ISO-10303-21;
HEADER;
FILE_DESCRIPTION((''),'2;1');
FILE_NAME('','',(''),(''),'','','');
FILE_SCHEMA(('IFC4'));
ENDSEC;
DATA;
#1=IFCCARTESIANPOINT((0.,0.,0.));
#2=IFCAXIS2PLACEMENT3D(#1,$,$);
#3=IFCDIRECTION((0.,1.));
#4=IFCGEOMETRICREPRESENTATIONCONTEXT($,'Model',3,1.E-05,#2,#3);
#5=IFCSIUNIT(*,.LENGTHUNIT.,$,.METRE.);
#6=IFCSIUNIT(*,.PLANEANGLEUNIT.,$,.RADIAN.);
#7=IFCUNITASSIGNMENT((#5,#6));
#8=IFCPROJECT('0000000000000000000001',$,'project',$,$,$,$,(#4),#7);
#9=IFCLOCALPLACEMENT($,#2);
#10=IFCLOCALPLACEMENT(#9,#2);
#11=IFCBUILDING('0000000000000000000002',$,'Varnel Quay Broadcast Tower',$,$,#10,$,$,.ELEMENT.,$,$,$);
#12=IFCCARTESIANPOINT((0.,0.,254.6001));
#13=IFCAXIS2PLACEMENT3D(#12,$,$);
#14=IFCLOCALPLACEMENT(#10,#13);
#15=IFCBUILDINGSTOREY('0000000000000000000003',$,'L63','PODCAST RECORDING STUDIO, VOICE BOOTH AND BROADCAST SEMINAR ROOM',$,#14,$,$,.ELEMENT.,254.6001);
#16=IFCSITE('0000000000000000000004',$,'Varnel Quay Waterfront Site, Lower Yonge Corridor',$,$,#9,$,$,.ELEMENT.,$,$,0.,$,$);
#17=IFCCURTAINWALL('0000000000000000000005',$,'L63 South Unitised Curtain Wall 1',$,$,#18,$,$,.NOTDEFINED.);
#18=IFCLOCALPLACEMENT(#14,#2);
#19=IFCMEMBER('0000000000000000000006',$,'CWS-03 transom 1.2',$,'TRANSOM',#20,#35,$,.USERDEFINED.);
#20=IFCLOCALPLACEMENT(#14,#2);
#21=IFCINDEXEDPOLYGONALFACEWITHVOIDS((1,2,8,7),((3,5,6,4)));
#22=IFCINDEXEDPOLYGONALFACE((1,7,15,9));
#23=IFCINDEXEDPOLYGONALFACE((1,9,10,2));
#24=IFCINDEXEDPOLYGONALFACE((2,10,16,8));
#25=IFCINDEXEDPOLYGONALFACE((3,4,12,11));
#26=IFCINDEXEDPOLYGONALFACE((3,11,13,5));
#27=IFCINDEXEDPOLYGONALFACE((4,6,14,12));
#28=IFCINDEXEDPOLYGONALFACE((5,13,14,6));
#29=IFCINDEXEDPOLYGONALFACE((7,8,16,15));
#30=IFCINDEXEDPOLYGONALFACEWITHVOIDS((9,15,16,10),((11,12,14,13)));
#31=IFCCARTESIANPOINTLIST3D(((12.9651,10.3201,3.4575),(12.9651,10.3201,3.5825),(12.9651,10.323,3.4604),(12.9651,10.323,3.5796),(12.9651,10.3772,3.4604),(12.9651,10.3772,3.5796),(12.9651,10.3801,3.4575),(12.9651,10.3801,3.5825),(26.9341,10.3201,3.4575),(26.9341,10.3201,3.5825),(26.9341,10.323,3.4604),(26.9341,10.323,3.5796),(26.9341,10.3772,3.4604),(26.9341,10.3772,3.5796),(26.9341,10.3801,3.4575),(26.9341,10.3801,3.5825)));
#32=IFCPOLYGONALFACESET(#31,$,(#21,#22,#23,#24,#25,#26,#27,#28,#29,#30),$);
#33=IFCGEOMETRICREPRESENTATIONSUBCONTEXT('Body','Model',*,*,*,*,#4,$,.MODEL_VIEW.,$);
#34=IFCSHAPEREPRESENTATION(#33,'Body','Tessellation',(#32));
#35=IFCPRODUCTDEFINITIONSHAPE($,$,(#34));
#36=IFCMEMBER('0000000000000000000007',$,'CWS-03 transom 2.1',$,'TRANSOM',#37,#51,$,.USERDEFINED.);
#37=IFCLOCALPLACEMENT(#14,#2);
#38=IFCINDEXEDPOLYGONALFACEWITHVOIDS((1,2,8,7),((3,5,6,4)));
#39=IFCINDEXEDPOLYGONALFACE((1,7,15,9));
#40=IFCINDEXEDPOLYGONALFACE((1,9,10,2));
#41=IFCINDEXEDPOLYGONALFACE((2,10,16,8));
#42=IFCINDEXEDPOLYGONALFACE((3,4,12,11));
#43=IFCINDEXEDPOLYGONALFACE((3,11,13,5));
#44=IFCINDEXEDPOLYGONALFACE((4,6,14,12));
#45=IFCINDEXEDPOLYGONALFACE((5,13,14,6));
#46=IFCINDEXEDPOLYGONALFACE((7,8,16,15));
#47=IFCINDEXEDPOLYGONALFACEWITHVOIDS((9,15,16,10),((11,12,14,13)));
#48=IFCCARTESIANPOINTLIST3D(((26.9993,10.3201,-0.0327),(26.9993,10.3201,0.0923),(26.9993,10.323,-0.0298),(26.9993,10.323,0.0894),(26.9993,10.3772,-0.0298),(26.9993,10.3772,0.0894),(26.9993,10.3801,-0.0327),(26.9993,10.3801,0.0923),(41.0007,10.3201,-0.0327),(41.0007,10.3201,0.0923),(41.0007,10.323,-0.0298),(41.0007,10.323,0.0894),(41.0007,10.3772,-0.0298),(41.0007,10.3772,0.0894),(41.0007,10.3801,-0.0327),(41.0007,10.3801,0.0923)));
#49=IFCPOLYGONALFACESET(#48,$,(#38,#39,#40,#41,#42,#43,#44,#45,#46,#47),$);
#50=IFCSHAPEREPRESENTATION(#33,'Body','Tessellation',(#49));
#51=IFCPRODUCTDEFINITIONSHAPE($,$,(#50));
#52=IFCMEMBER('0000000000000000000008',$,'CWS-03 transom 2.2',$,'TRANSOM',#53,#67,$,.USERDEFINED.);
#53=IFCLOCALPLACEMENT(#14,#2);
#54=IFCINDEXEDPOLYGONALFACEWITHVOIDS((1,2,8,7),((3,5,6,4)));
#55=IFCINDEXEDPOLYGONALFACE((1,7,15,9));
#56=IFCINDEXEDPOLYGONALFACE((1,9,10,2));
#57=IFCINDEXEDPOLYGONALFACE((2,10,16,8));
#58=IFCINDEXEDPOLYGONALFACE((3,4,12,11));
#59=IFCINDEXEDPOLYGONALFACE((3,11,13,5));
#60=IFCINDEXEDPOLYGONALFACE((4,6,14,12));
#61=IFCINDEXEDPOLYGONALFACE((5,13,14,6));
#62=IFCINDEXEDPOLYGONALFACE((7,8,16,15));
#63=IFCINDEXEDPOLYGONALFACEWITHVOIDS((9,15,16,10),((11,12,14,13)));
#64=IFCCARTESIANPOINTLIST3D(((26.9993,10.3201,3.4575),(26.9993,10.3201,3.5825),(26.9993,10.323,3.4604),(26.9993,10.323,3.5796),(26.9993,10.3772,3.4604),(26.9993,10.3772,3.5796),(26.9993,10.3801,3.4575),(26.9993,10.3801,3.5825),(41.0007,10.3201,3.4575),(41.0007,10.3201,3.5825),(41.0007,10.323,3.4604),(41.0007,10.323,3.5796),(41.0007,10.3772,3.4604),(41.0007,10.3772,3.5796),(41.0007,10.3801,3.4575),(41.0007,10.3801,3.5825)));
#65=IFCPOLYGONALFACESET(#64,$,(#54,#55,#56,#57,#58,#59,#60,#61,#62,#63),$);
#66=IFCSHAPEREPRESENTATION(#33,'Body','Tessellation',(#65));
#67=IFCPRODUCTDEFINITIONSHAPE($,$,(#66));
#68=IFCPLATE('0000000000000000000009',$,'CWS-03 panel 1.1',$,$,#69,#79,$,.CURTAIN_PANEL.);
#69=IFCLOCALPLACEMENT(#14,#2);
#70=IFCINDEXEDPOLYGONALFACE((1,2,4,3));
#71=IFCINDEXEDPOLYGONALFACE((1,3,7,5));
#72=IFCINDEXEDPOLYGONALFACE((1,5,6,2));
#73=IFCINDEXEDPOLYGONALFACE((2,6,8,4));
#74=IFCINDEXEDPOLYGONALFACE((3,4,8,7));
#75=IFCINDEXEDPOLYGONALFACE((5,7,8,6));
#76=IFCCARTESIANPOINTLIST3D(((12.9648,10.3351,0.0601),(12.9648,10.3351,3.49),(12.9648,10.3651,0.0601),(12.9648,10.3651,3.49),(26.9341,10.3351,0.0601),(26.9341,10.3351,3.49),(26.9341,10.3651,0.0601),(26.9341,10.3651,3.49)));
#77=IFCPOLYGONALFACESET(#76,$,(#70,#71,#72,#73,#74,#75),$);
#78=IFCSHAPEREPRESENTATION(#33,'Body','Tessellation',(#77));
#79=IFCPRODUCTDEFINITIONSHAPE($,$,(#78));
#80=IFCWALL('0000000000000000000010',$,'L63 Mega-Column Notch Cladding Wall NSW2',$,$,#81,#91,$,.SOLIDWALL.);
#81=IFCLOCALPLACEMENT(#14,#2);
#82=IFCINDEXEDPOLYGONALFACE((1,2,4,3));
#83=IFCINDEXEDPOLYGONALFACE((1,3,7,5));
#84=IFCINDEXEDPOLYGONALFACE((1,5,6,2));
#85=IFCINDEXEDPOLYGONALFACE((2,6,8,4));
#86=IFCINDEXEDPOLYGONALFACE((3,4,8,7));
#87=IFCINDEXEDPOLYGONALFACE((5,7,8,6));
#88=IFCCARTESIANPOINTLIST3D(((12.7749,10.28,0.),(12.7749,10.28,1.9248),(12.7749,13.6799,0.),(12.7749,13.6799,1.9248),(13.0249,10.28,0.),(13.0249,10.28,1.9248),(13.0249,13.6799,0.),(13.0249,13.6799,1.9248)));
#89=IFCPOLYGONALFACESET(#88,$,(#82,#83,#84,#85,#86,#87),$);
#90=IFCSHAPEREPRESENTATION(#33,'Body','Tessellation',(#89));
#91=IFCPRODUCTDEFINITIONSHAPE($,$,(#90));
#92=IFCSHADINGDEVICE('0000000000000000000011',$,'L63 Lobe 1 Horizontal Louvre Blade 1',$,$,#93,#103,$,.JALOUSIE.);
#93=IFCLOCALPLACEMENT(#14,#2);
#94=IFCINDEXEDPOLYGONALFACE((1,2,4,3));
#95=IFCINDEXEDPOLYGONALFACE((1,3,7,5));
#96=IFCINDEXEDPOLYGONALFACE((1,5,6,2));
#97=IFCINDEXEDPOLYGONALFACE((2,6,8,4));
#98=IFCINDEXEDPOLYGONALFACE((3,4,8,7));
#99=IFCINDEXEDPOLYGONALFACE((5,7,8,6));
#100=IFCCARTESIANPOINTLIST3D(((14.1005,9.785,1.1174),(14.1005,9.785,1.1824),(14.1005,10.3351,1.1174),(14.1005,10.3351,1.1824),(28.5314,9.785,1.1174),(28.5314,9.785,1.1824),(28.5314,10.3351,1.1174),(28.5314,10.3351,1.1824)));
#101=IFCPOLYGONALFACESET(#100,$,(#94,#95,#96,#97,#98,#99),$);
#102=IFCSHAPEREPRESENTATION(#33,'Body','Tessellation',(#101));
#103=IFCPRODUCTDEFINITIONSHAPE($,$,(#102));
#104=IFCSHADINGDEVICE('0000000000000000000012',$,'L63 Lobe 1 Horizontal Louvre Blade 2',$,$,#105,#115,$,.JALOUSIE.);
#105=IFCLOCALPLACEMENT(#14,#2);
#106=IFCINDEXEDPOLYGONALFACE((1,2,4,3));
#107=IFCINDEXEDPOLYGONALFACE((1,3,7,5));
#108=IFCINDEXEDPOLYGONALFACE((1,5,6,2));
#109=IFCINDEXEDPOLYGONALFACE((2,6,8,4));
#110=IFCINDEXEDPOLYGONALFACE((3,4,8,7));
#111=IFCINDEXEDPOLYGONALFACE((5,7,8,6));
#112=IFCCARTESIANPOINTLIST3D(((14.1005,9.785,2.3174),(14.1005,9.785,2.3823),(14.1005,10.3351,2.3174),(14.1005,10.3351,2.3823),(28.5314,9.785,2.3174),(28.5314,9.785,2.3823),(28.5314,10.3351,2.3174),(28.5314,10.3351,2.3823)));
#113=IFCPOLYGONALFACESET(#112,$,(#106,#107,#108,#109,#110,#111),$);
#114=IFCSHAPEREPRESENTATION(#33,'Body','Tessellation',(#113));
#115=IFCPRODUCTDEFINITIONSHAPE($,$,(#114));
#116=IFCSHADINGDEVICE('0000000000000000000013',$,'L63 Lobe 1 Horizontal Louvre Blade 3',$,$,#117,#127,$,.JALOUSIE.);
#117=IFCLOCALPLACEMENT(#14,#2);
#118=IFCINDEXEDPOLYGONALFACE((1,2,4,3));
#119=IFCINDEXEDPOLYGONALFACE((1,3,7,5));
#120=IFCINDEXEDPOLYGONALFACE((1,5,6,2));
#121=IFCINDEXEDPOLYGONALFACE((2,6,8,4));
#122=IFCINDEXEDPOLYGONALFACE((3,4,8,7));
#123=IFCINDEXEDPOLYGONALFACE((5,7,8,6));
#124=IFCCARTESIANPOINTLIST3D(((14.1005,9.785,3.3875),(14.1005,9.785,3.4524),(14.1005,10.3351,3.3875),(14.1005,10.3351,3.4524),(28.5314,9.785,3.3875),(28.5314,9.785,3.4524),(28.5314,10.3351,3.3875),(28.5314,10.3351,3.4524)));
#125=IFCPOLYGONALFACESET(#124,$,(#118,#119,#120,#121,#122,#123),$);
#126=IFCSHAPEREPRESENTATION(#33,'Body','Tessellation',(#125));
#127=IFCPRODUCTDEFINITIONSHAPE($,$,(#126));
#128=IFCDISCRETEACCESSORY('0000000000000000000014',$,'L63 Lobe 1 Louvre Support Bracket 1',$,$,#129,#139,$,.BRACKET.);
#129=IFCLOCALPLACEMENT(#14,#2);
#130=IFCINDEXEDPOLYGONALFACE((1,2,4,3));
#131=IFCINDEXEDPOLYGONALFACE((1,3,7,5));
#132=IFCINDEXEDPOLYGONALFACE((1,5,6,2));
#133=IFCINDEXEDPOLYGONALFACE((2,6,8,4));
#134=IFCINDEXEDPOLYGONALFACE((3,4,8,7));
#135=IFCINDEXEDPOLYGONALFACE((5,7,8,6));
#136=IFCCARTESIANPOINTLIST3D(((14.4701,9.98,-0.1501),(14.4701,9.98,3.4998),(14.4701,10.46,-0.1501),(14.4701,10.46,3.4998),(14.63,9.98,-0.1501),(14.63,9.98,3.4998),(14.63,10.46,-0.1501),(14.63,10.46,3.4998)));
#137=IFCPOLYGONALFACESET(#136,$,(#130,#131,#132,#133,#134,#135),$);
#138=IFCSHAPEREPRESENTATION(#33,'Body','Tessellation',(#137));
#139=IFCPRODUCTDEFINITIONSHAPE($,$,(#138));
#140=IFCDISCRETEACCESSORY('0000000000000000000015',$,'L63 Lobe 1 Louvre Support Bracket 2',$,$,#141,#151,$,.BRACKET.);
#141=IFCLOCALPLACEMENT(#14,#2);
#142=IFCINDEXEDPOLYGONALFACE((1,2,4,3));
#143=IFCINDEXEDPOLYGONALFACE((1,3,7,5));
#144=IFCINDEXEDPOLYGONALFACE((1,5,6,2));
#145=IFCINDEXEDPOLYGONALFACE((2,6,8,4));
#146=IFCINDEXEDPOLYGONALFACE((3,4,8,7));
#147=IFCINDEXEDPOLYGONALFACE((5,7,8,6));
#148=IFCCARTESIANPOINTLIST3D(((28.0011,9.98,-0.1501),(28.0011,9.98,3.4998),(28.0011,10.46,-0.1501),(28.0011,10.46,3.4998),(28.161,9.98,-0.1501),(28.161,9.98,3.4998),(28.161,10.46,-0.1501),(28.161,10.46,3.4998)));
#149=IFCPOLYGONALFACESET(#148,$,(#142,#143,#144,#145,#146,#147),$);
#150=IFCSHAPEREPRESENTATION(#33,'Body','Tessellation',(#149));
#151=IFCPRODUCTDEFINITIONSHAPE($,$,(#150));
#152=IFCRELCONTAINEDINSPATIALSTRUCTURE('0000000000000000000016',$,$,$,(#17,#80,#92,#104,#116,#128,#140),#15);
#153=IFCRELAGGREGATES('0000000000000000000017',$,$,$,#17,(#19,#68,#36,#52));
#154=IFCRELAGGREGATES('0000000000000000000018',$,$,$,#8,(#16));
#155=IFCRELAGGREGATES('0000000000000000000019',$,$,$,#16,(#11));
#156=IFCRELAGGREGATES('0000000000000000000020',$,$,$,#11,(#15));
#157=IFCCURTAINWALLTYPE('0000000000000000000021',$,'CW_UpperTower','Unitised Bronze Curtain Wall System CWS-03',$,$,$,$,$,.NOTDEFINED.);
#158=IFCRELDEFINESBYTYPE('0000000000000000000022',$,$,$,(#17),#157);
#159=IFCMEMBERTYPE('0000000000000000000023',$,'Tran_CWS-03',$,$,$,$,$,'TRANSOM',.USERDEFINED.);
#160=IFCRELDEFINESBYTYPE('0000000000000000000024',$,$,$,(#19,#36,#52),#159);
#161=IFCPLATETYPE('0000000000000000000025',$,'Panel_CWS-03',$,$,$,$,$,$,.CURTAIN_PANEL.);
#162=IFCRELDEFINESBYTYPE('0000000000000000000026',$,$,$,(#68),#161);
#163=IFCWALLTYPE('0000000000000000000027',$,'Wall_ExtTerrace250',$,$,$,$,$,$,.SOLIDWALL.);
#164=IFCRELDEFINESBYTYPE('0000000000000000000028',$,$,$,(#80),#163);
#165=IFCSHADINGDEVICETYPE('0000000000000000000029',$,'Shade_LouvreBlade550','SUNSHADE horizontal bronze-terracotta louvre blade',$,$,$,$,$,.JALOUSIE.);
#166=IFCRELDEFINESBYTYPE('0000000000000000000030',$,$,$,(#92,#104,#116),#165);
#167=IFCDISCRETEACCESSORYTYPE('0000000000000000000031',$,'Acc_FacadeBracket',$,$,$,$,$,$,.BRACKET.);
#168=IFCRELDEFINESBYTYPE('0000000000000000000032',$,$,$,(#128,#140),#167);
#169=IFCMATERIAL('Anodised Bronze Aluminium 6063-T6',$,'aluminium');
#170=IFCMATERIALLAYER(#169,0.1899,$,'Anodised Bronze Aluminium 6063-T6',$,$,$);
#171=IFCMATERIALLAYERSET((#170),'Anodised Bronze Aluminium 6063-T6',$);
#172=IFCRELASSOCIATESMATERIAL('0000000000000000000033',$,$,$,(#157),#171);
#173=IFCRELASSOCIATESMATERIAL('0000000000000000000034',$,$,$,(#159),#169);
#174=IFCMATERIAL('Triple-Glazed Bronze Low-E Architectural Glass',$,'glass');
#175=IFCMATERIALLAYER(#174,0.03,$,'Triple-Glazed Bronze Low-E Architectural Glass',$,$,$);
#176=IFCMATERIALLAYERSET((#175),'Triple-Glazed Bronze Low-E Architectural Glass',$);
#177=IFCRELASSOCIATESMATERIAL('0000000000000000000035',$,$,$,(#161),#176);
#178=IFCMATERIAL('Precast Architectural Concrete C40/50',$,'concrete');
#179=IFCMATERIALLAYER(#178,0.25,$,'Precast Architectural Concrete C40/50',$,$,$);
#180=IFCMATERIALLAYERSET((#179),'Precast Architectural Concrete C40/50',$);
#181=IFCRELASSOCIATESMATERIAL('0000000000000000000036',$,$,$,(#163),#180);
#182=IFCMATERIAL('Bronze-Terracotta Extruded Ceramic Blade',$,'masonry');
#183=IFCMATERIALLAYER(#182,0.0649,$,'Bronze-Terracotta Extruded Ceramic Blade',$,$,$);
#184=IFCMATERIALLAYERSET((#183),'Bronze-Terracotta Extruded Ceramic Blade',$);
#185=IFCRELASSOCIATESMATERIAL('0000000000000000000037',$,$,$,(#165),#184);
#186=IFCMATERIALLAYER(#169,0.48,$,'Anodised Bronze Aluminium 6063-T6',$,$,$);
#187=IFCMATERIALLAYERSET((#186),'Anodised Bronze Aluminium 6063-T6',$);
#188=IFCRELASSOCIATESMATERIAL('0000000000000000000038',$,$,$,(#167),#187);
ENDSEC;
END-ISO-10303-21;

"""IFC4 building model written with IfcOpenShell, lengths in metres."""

from ifc_helpers import new_model, si_unit, direction, frame, frame_2d, origin, origin_2d, place, context, subcontext, project, spatial, rectangle, hollow_rectangle, extrude, source, transform, mapped, material, layer, layer_set, material_profile, profile_set, type_object, type_shapes, element, aggregate, save


model = new_model("IFC4")

# Units and contexts
model_context = context("Model", 3, precision=1e-05, world=origin(), true_north=direction((0.0, 1.0)))
body_context = subcontext(model_context, "Body", "Model", "MODEL_VIEW")
ifc_project = project(units=[si_unit("LENGTHUNIT", "METRE"), si_unit("PLANEANGLEUNIT", "RADIAN")], contexts=[model_context])

# Site, building, storey
site_placement = place(None, origin())
site = spatial("IfcSite", under=ifc_project, at=site_placement, Name="Varnel Quay Waterfront Site, Lower Yonge Corridor", CompositionType="ELEMENT", RefElevation=0.0)
building_placement = place(site_placement, origin())
building = spatial("IfcBuilding", under=site, at=building_placement, Name="Varnel Quay Broadcast Tower", CompositionType="ELEMENT")
storey_placement = place(building_placement, frame((0.0, 0.0, 254.6001)))
storey = spatial("IfcBuildingStorey", under=building, at=storey_placement, Name="L63", Description="PODCAST RECORDING STUDIO, VOICE BOOTH AND BROADCAST SEMINAR ROOM", CompositionType="ELEMENT", Elevation=254.6001)

# Shared definitions
ifc_material_1 = material(Name="Anodised Bronze Aluminium 6063-T6", Category="aluminium")

# Curtain wall, members, plate
ifc_layer_1 = layer(ifc_material_1, 0.1899, Name="Anodised Bronze Aluminium 6063-T6")
ifc_layer_set_1 = layer_set([ifc_layer_1], Name="Anodised Bronze Aluminium 6063-T6")
curtain_wall_type_1 = type_object("IfcCurtainWallType", Name="CW_UpperTower", Description="Unitised Bronze Curtain Wall System CWS-03", PredefinedType="NOTDEFINED", material=ifc_layer_set_1)
curtain_wall_1_placement = place(storey_placement, origin())
curtain_wall_1 = element("IfcCurtainWall", 1, at=curtain_wall_1_placement, inside=storey, type_object=curtain_wall_type_1, Name="L63 South Unitised Curtain Wall 1", PredefinedType="NOTDEFINED")
ifc_material_profile_1 = material_profile(ifc_material_1, hollow_rectangle(XDim=0.0601, YDim=0.125, WallThickness=0.0029, at=origin_2d()), Name="ALU60X125X3")
ifc_profile_set_1 = profile_set([ifc_material_profile_1], Name="Anodised Bronze Aluminium 6063-T6")
member_type_1 = type_object("IfcMemberType", Name="Tran_CWS-03", ElementType="TRANSOM", PredefinedType="USERDEFINED", material=ifc_profile_set_1)
shared_shape_1 = source(origin(), body_context, "Body", "SweptSolid", [
    extrude(hollow_rectangle(XDim=0.0601, YDim=0.125, WallThickness=0.0029, at=origin_2d()), origin(), (0.0, 0.0, 1.0), 13.969),
])
member_1_placement = place(storey_placement, frame((12.9651, 10.3501, 3.52), z_axis=(1.0, 0.0, 0.0), x_axis=(0.0, 1.0, 0.0)))
member_1 = element("IfcMember", 2, at=member_1_placement, type_object=member_type_1, Name="CWS-03 transom 1.2", ObjectType="TRANSOM", PredefinedType="USERDEFINED", context=body_context, shape_type="MappedRepresentation", body=[
    mapped(shared_shape_1, transform((0.0, 0.0, 0.0), x_axis=(1.0, 0.0, 0.0), y_axis=(0.0, 1.0, 0.0), z_axis=(0.0, 0.0, 1.0), scale=1.0)),
])
shared_shape_2 = source(origin(), body_context, "Body", "SweptSolid", [
    extrude(hollow_rectangle(XDim=0.0601, YDim=0.125, WallThickness=0.0029, at=origin_2d()), origin(), (0.0, 0.0, 1.0), 14.0015),
])
type_shapes(member_type_1, [shared_shape_1, shared_shape_2])
member_2_placement = place(storey_placement, frame((26.9993, 10.3501, 0.0298), z_axis=(1.0, 0.0, 0.0), x_axis=(0.0, 1.0, 0.0)))
member_2 = element("IfcMember", 3, at=member_2_placement, type_object=member_type_1, Name="CWS-03 transom 2.1", ObjectType="TRANSOM", PredefinedType="USERDEFINED", context=body_context, shape_type="MappedRepresentation", body=[
    mapped(shared_shape_2, transform((0.0, 0.0, 0.0), x_axis=(1.0, 0.0, 0.0), y_axis=(0.0, 1.0, 0.0), z_axis=(0.0, 0.0, 1.0), scale=1.0)),
])
member_3_placement = place(storey_placement, frame((26.9993, 10.3501, 3.52), z_axis=(1.0, 0.0, 0.0), x_axis=(0.0, 1.0, 0.0)))
member_3 = element("IfcMember", 4, at=member_3_placement, type_object=member_type_1, Name="CWS-03 transom 2.2", ObjectType="TRANSOM", PredefinedType="USERDEFINED", context=body_context, shape_type="MappedRepresentation", body=[
    mapped(shared_shape_2, transform((0.0, 0.0, 0.0), x_axis=(1.0, 0.0, 0.0), y_axis=(0.0, 1.0, 0.0), z_axis=(0.0, 0.0, 1.0), scale=1.0)),
])
ifc_material_2 = material(Name="Triple-Glazed Bronze Low-E Architectural Glass", Category="glass")
ifc_layer_2 = layer(ifc_material_2, 0.03, Name="Triple-Glazed Bronze Low-E Architectural Glass")
ifc_layer_set_2 = layer_set([ifc_layer_2], Name="Triple-Glazed Bronze Low-E Architectural Glass")
plate_type = type_object("IfcPlateType", Name="Panel_CWS-03", PredefinedType="CURTAIN_PANEL", material=ifc_layer_set_2)
shared_shape_3 = source(origin(), body_context, "Body", "SweptSolid", [
    extrude(rectangle(XDim=13.9692, YDim=0.03, at=origin_2d()), origin(), (0.0, 0.0, 1.0), 3.4299),
])
type_shapes(plate_type, [shared_shape_3])
plate_placement = place(storey_placement, frame((19.9495, 10.3501, 0.0601), z_axis=(0.0, 0.0, 1.0), x_axis=(1.0, 0.0, 0.0)))
plate = element("IfcPlate", 5, at=plate_placement, type_object=plate_type, Name="CWS-03 panel 1.1", PredefinedType="CURTAIN_PANEL", context=body_context, shape_type="MappedRepresentation", body=[
    mapped(shared_shape_3, transform((0.0, 0.0, 0.0), x_axis=(1.0, 0.0, 0.0), y_axis=(0.0, 1.0, 0.0), z_axis=(0.0, 0.0, 1.0), scale=1.0)),
])
aggregate(curtain_wall_1, [member_1, plate, member_2, member_3])

# Wall
ifc_material_3 = material(Name="Precast Architectural Concrete C40/50", Category="concrete")
ifc_layer_3 = layer(ifc_material_3, 0.25, Name="Precast Architectural Concrete C40/50")
ifc_layer_set_3 = layer_set([ifc_layer_3], Name="Precast Architectural Concrete C40/50")
wall_type = type_object("IfcWallType", Name="Wall_ExtTerrace250", PredefinedType="SOLIDWALL", material=ifc_layer_set_3)
wall_placement = place(storey_placement, frame((12.8999, 10.28, 0.0), z_axis=(0.0, 0.0, 1.0), x_axis=(0.0, 1.0, 0.0)))
element("IfcWall", 6, at=wall_placement, inside=storey, type_object=wall_type, Name="L63 Mega-Column Notch Cladding Wall NSW2", PredefinedType="SOLIDWALL", context=body_context, shape_type="SweptSolid", body=[
    extrude(rectangle(XDim=3.3999, YDim=0.25, at=frame_2d((1.7, 0.0))), origin(), (0.0, 0.0, 1.0), 1.9248),
])

# Shading devices
ifc_material_4 = material(Name="Bronze-Terracotta Extruded Ceramic Blade", Category="masonry")
ifc_layer_4 = layer(ifc_material_4, 0.0649, Name="Bronze-Terracotta Extruded Ceramic Blade")
ifc_layer_set_4 = layer_set([ifc_layer_4], Name="Bronze-Terracotta Extruded Ceramic Blade")
shading_device_type = type_object("IfcShadingDeviceType", Name="Shade_LouvreBlade550", Description="SUNSHADE horizontal bronze-terracotta louvre blade", PredefinedType="JALOUSIE", material=ifc_layer_set_4)
shared_shape_4 = source(origin(), body_context, "Body", "SweptSolid", [
    extrude(rectangle(XDim=14.4309, YDim=0.55, at=origin_2d()), origin(), (0.0, 0.0, 1.0), 0.0649),
])
type_shapes(shading_device_type, [shared_shape_4])
for number, where, z_axis, x_axis, name in (
    (7, (21.3159, 10.0601, 1.1174), (0.0, 0.0, 1.0), (1.0, 0.0, 0.0), "L63 Lobe 1 Horizontal Louvre Blade 1"),
    (8, (21.3159, 10.0601, 2.3174), (0.0, 0.0, 1.0), (1.0, 0.0, 0.0), "L63 Lobe 1 Horizontal Louvre Blade 2"),
    (9, (21.3159, 10.0601, 3.3875), (0.0, 0.0, 1.0), (1.0, 0.0, 0.0), "L63 Lobe 1 Horizontal Louvre Blade 3"),
):
    element("IfcShadingDevice", number, at=place(storey_placement, frame(where, z_axis=z_axis, x_axis=x_axis)), inside=storey, type_object=shading_device_type, Name=name, PredefinedType="JALOUSIE", context=body_context, shape_type="MappedRepresentation", body=[
        mapped(shared_shape_4, transform((0.0, 0.0, 0.0), x_axis=(1.0, 0.0, 0.0), y_axis=(0.0, 1.0, 0.0), z_axis=(0.0, 0.0, 1.0), scale=1.0)),
    ])

# Discrete accessories
ifc_layer_5 = layer(ifc_material_1, 0.48, Name="Anodised Bronze Aluminium 6063-T6")
ifc_layer_set_5 = layer_set([ifc_layer_5], Name="Anodised Bronze Aluminium 6063-T6")
discrete_accessory_type = type_object("IfcDiscreteAccessoryType", Name="Acc_FacadeBracket", PredefinedType="BRACKET", material=ifc_layer_set_5)
shared_shape_5 = source(origin(), body_context, "Body", "SweptSolid", [
    extrude(rectangle(XDim=0.1599, YDim=0.48, at=origin_2d()), origin(), (0.0, 0.0, 1.0), 3.6499),
])
type_shapes(discrete_accessory_type, [shared_shape_5])
for number, where, z_axis, x_axis, name in (
    (10, (14.55, 10.22, -0.1501), (0.0, 0.0, 1.0), (1.0, 0.0, 0.0), "L63 Lobe 1 Louvre Support Bracket 1"),
    (11, (28.0811, 10.22, -0.1501), (0.0, 0.0, 1.0), (1.0, 0.0, 0.0), "L63 Lobe 1 Louvre Support Bracket 2"),
):
    element("IfcDiscreteAccessory", number, at=place(storey_placement, frame(where, z_axis=z_axis, x_axis=x_axis)), inside=storey, type_object=discrete_accessory_type, Name=name, PredefinedType="BRACKET", context=body_context, shape_type="MappedRepresentation", body=[
        mapped(shared_shape_5, transform((0.0, 0.0, 0.0), x_axis=(1.0, 0.0, 0.0), y_axis=(0.0, 1.0, 0.0), z_axis=(0.0, 0.0, 1.0), scale=1.0)),
    ])

save(model, "model.ifc")
